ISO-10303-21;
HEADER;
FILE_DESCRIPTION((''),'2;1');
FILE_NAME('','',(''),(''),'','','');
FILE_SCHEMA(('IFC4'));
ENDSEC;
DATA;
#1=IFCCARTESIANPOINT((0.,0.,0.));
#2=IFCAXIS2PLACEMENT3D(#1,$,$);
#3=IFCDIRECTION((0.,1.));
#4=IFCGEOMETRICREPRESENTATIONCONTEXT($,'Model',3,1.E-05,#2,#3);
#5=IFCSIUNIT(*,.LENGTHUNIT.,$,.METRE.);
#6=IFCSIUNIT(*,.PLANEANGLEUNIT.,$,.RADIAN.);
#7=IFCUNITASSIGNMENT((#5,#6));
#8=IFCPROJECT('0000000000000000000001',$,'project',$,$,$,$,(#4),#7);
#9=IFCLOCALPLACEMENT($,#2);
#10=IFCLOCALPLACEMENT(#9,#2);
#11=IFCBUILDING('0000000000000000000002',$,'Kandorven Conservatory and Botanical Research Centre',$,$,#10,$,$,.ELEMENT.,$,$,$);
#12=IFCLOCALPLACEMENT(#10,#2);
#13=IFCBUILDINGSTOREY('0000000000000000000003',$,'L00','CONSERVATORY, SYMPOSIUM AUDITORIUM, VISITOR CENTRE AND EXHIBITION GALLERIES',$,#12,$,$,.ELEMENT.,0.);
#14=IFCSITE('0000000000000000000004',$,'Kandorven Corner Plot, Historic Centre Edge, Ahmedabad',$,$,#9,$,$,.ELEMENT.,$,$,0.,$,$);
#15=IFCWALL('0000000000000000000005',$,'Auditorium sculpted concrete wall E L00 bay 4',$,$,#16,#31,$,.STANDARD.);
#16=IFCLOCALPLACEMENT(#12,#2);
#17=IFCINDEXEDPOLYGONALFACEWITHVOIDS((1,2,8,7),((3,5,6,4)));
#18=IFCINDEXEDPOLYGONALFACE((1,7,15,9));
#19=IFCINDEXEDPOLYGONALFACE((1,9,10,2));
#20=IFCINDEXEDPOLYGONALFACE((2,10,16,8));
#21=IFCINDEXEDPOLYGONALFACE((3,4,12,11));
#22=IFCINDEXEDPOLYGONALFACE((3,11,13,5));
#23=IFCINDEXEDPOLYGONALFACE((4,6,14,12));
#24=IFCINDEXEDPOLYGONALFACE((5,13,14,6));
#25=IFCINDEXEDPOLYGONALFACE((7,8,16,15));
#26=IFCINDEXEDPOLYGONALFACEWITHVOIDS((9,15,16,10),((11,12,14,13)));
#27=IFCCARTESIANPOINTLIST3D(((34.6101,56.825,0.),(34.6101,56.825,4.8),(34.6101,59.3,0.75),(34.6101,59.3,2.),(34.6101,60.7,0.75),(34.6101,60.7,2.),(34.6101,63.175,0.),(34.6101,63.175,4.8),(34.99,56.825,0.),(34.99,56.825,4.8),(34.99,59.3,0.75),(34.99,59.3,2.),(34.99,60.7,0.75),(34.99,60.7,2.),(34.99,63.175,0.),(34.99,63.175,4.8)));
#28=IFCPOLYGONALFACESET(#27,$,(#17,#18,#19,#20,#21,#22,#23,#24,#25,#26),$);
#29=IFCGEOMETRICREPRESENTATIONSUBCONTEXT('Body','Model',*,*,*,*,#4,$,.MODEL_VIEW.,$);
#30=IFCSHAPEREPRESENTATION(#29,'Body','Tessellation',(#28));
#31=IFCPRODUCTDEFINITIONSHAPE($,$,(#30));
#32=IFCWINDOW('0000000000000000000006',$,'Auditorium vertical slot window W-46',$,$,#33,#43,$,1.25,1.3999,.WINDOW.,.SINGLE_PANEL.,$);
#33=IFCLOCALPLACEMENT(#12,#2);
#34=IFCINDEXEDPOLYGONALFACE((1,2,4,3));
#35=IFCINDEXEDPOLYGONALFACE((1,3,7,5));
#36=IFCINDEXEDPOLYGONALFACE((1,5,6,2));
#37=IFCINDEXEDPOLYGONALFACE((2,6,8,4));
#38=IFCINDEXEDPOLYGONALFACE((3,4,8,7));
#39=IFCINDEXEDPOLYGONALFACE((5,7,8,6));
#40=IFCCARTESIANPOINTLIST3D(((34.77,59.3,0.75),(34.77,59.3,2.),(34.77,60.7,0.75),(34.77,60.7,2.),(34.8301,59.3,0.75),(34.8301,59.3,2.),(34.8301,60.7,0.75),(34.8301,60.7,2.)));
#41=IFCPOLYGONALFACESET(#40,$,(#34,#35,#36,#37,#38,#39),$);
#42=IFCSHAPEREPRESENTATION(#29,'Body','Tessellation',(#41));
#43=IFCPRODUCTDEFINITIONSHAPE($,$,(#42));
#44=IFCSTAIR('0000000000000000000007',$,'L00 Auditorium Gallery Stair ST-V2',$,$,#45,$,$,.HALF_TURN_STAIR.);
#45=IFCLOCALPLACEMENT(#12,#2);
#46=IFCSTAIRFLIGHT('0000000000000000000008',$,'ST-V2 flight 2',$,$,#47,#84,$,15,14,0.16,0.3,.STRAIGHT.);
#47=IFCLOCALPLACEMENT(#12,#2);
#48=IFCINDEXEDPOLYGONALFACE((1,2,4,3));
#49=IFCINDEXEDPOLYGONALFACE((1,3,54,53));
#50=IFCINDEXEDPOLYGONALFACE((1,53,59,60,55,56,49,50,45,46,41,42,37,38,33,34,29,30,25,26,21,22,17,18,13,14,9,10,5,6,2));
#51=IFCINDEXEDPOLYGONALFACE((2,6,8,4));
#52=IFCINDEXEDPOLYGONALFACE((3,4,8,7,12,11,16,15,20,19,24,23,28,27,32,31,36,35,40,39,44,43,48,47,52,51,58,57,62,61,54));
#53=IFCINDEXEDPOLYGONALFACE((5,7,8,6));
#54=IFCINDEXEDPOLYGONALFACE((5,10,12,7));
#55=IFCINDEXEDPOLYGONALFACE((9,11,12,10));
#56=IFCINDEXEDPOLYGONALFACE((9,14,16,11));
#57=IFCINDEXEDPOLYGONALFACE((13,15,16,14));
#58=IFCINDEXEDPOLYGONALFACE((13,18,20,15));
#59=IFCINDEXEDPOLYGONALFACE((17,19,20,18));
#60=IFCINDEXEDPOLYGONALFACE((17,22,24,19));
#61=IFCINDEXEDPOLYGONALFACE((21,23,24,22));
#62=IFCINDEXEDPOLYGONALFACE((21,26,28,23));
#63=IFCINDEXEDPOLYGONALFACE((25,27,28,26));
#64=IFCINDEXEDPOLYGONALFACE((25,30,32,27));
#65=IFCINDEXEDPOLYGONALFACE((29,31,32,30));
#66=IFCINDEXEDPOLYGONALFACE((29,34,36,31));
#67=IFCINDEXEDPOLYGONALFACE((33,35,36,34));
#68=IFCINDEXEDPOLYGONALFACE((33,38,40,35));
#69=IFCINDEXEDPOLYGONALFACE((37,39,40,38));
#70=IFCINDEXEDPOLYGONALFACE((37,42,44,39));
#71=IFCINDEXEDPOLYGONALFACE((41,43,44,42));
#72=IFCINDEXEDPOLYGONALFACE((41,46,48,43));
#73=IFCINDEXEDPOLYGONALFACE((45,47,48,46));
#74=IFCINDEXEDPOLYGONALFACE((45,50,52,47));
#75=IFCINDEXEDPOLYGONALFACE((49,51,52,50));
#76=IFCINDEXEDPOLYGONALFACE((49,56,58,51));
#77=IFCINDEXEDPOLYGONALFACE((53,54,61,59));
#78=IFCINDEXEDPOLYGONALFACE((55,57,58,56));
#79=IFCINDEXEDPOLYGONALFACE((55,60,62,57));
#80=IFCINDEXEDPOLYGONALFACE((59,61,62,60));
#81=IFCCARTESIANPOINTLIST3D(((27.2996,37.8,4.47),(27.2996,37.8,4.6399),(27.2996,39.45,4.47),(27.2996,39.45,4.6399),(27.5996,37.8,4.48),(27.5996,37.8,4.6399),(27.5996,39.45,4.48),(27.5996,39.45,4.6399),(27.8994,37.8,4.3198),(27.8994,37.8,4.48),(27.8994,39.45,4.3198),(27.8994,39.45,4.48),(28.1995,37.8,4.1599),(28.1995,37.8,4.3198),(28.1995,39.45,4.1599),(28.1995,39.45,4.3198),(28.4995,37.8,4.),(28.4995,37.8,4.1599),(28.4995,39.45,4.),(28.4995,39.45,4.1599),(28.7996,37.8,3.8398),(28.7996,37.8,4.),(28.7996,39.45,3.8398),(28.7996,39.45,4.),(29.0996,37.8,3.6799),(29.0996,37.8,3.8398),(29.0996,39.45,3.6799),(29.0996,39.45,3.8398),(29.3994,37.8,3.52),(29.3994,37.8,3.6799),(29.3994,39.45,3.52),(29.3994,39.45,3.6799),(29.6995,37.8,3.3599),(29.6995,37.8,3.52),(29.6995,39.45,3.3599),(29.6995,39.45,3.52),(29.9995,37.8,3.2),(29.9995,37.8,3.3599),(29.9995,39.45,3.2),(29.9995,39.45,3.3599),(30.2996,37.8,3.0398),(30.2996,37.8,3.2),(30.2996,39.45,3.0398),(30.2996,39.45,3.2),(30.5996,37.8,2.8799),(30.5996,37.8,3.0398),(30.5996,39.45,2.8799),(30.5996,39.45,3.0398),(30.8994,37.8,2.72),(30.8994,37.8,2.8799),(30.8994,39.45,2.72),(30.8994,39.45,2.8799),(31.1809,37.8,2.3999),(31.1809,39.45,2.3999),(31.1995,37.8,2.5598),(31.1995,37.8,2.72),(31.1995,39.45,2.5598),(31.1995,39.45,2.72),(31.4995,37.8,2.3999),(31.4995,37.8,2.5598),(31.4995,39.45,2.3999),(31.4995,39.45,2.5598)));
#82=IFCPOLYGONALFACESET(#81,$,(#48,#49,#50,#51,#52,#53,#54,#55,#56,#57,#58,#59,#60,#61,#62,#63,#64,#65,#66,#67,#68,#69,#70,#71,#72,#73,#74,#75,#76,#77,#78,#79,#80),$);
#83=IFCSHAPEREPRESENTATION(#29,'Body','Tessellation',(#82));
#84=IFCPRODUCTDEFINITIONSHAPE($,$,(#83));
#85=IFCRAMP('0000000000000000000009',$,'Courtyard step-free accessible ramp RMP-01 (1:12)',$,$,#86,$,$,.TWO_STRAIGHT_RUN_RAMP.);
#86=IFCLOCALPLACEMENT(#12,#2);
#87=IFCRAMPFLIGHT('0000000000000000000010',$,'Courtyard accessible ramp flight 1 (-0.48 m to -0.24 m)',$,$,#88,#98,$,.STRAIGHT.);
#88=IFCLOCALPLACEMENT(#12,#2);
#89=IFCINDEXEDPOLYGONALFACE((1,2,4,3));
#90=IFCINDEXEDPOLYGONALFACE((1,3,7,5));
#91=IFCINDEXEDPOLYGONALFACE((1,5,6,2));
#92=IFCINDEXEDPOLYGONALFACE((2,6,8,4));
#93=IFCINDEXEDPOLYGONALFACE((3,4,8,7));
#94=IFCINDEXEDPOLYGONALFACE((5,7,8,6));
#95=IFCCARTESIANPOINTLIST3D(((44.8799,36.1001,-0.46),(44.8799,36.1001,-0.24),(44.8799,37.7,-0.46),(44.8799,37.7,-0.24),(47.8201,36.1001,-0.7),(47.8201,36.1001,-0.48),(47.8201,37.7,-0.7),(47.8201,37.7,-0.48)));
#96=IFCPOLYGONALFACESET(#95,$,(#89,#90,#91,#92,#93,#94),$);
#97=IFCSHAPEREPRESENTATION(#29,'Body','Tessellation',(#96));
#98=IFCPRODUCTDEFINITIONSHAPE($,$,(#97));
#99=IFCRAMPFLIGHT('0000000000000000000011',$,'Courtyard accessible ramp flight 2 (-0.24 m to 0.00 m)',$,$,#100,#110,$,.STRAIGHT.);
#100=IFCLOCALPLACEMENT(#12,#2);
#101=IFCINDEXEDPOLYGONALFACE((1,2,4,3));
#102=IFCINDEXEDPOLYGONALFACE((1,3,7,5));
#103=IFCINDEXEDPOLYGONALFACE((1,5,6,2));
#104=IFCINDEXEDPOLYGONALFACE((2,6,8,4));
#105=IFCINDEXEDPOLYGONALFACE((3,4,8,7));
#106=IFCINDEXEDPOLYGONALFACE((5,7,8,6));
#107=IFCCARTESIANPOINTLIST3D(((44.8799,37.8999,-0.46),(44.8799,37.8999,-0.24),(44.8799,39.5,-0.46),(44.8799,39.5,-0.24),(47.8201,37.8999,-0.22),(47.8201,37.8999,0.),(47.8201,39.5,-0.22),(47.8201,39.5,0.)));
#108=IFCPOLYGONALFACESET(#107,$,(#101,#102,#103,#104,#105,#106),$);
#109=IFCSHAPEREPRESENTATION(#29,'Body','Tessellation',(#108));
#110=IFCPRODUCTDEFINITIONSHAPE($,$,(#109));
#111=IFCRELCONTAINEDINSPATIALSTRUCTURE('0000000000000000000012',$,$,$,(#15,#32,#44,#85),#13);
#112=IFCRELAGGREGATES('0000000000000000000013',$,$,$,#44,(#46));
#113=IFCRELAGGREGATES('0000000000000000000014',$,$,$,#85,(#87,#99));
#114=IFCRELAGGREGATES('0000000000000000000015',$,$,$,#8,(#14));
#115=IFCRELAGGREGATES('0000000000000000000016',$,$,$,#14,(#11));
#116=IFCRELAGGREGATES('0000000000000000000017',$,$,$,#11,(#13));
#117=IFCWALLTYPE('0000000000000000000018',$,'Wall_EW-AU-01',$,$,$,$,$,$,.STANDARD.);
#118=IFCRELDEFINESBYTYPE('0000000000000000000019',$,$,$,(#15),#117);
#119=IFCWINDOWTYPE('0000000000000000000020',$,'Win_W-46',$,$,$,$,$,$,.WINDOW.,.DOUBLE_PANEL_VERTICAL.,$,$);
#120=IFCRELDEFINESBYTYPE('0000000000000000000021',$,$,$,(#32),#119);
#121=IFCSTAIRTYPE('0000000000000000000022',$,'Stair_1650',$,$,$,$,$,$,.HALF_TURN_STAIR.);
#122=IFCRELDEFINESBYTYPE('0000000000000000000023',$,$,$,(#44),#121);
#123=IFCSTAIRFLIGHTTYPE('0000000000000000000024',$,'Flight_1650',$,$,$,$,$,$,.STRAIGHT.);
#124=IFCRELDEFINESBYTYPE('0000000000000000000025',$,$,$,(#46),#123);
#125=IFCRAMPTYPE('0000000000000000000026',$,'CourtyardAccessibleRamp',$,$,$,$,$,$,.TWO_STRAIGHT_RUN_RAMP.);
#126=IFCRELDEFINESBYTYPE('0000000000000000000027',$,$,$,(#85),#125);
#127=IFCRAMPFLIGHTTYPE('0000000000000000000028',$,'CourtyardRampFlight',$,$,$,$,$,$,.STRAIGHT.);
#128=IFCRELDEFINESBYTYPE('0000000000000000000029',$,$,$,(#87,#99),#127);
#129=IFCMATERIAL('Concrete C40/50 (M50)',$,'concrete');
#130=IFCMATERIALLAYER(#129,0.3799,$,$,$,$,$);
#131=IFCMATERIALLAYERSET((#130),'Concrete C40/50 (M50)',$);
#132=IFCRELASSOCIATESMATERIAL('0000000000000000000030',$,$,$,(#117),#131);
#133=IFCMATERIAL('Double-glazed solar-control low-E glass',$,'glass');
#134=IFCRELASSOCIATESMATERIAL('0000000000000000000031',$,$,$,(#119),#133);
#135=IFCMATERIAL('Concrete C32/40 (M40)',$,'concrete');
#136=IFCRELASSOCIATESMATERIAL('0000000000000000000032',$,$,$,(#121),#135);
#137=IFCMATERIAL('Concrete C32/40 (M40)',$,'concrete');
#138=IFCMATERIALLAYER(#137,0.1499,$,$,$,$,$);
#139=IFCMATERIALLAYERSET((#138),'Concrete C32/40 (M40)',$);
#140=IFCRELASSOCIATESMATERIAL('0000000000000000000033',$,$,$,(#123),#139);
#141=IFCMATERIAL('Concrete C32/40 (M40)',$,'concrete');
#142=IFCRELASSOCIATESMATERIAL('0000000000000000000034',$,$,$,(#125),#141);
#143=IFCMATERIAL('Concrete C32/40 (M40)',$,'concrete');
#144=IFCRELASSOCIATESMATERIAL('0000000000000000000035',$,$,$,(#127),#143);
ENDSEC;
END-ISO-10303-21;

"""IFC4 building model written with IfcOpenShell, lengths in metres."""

from ifc_helpers import new_model, si_unit, direction, frame, frame_2d, origin, place, context, subcontext, project, spatial, polyline, rectangle, outline, extrude, material, layer, layer_set, type_object, element, fill, aggregate, save


model = new_model("IFC4")

# Units and contexts
model_context = context("Model", 3, precision=1e-05, world=origin(), true_north=direction((0.0, 1.0)))
body_context = subcontext(model_context, "Body", "Model", "MODEL_VIEW")
ifc_project = project(units=[si_unit("LENGTHUNIT", "METRE"), si_unit("PLANEANGLEUNIT", "RADIAN")], contexts=[model_context])

# Site, building, storey
site_placement = place(None, origin())
site = spatial("IfcSite", under=ifc_project, at=site_placement, Name="Kandorven Corner Plot, Historic Centre Edge, Ahmedabad", CompositionType="ELEMENT", RefElevation=0.0)
building_placement = place(site_placement, origin())
building = spatial("IfcBuilding", under=site, at=building_placement, Name="Kandorven Conservatory and Botanical Research Centre", CompositionType="ELEMENT")
storey_placement = place(building_placement, origin())
storey = spatial("IfcBuildingStorey", under=building, at=storey_placement, Name="L00", Description="CONSERVATORY, SYMPOSIUM AUDITORIUM, VISITOR CENTRE AND EXHIBITION GALLERIES", CompositionType="ELEMENT", Elevation=0.0)

# Wall, opening, window
ifc_material_1 = material(Name="Concrete C40/50 (M50)", Category="concrete")
ifc_layer_1 = layer(ifc_material_1, 0.3799)
ifc_layer_set_1 = layer_set([ifc_layer_1], Name="Concrete C40/50 (M50)")
wall_type_1 = type_object("IfcWallType", Name="Wall_EW-AU-01", PredefinedType="STANDARD", material=ifc_layer_set_1)
ifc_material_2 = material(Name="Double-glazed solar-control low-E glass", Category="glass")
window_type_1 = type_object("IfcWindowType", Name="Win_W-46", PartitioningType="DOUBLE_PANEL_VERTICAL", PredefinedType="WINDOW", material=ifc_material_2)
wall_1_placement = place(storey_placement, frame((34.8, 56.825, 0.0), z_axis=(0.0, 0.0, 1.0), x_axis=(0.0, 1.0, 0.0)))
wall_1 = element("IfcWall", 1, at=wall_1_placement, inside=storey, type_object=wall_type_1, Name="Auditorium sculpted concrete wall E L00 bay 4", PredefinedType="STANDARD", context=body_context, shape_type="SweptSolid", body=[
    extrude(rectangle(XDim=6.3501, YDim=0.3799, at=frame_2d((3.175, 0.0))), origin(), (0.0, 0.0, 1.0), 4.8),
])
opening_1_placement = place(wall_1_placement, frame((2.4751, 0.0, 0.75)))
opening_1 = element("IfcOpeningElement", 2, at=opening_1_placement, cuts=wall_1, PredefinedType="OPENING", context=body_context, shape_type="SweptSolid", body=[
    extrude(rectangle(XDim=1.3999, YDim=1.25, at=frame_2d((0.7, 0.625))), frame((0.0, 0.2, 0.0), z_axis=(0.0, -1.0, 0.0), x_axis=(1.0, 0.0, 0.0)), (0.0, 0.0, 1.0), 0.3999),
])
window_1_placement = place(opening_1_placement, origin())
window_1 = element("IfcWindow", 3, at=window_1_placement, inside=storey, type_object=window_type_1, Name="Auditorium vertical slot window W-46", OverallHeight=1.25, OverallWidth=1.3999, PartitioningType="SINGLE_PANEL", PredefinedType="WINDOW", context=body_context, shape_type="SweptSolid", body=[
    extrude(rectangle(XDim=1.3999, YDim=1.25, at=frame_2d((0.7, 0.625))), frame((0.0, 0.03, 0.0), z_axis=(0.0, -1.0, 0.0), x_axis=(1.0, 0.0, 0.0)), (0.0, 0.0, 1.0), 0.0601),
])
fill(opening_1, window_1)

# Stair, stair flight
ifc_material_3 = material(Name="Concrete C32/40 (M40)", Category="concrete")
stair_type = type_object("IfcStairType", Name="Stair_1650", PredefinedType="HALF_TURN_STAIR", material=ifc_material_3)
stair_placement = place(storey_placement, origin())
stair = element("IfcStair", 4, at=stair_placement, inside=storey, type_object=stair_type, Name="L00 Auditorium Gallery Stair ST-V2", PredefinedType="HALF_TURN_STAIR")
ifc_material_4 = material(Name="Concrete C32/40 (M40)", Category="concrete")
ifc_layer_2 = layer(ifc_material_4, 0.1499)
ifc_layer_set_2 = layer_set([ifc_layer_2], Name="Concrete C32/40 (M40)")
stair_flight_type = type_object("IfcStairFlightType", Name="Flight_1650", PredefinedType="STRAIGHT", material=ifc_layer_set_2)
stair_flight_placement = place(storey_placement, frame((31.4995, 38.625, 2.3999), z_axis=(0.0, 0.0, 1.0), x_axis=(-1.0, 0.0, 0.0)))
stair_flight = element("IfcStairFlight", 5, at=stair_flight_placement, type_object=stair_flight_type, Name="ST-V2 flight 2", NumberOfRisers=15, NumberOfTreads=14, PredefinedType="STRAIGHT", RiserHeight=0.16, TreadLength=0.3, context=body_context, shape_type="SweptSolid", body=[
    extrude(outline(polyline([(0.0, 0.0), (0.0, 0.1599), (0.3, 0.1599), (0.3, 0.3201), (0.6001, 0.3201), (0.6001, 0.48), (0.8999, 0.48), (0.8999, 0.6399), (1.2, 0.6399), (1.2, 0.8), (1.5, 0.8), (1.5, 0.96), (1.8, 0.96), (1.8, 1.1201), (2.1001, 1.1201), (2.1001, 1.28), (2.3999, 1.28), (2.3999, 1.4399), (2.7, 1.4399), (2.7, 1.6001), (3.0, 1.6001), (3.0, 1.76), (3.3, 1.76), (3.3, 1.9199), (3.6001, 1.9199), (3.6001, 2.0801), (3.8999, 2.0801), (3.8999, 2.24), (4.2, 2.24), (4.2, 2.3999), (4.2, 2.0701), (0.3186, 0.0), (0.0, 0.0)])), frame((0.0, 0.825, 0.0), z_axis=(0.0, -1.0, 0.0), x_axis=(1.0, 0.0, 0.0)), (0.0, 0.0, 1.0), 1.6499),
])
aggregate(stair, [stair_flight])

# Ramp, ramp flights
ifc_material_5 = material(Name="Concrete C32/40 (M40)", Category="concrete")
ramp_type = type_object("IfcRampType", Name="CourtyardAccessibleRamp", PredefinedType="TWO_STRAIGHT_RUN_RAMP", material=ifc_material_5)
ramp_placement = place(storey_placement, origin())
ramp = element("IfcRamp", 6, at=ramp_placement, inside=storey, type_object=ramp_type, Name="Courtyard step-free accessible ramp RMP-01 (1:12)", PredefinedType="TWO_STRAIGHT_RUN_RAMP")
ifc_material_6 = material(Name="Concrete C32/40 (M40)", Category="concrete")
ramp_flight_type = type_object("IfcRampFlightType", Name="CourtyardRampFlight", PredefinedType="STRAIGHT", material=ifc_material_6)
ramp_flight_1_placement = place(storey_placement, frame((44.8799, 37.7, 0.0), z_axis=(0.0, 0.0, 1.0), x_axis=(1.0, 0.0, 0.0)))
ramp_flight_1 = element("IfcRampFlight", 7, at=ramp_flight_1_placement, type_object=ramp_flight_type, Name="Courtyard accessible ramp flight 1 (-0.48 m to -0.24 m)", PredefinedType="STRAIGHT", context=body_context, shape_type="SweptSolid", body=[
    extrude(outline(polyline([(0.0, -0.24), (2.9402, -0.48), (2.9402, -0.7), (0.0, -0.46), (0.0, -0.24)])), frame((0.0, 0.0, 0.0), z_axis=(0.0, -1.0, 0.0), x_axis=(1.0, 0.0, 0.0)), (0.0, 0.0, 1.0), 1.5999),
])
ramp_flight_2_placement = place(storey_placement, frame((44.8799, 39.5, 0.0), z_axis=(0.0, 0.0, 1.0), x_axis=(1.0, 0.0, 0.0)))
ramp_flight_2 = element("IfcRampFlight", 8, at=ramp_flight_2_placement, type_object=ramp_flight_type, Name="Courtyard accessible ramp flight 2 (-0.24 m to 0.00 m)", PredefinedType="STRAIGHT", context=body_context, shape_type="SweptSolid", body=[
    extrude(outline(polyline([(0.0, -0.24), (2.9402, 0.0), (2.9402, -0.22), (0.0, -0.46), (0.0, -0.24)])), frame((0.0, 0.0, 0.0), z_axis=(0.0, -1.0, 0.0), x_axis=(1.0, 0.0, 0.0)), (0.0, 0.0, 1.0), 1.6001),
])
aggregate(ramp, [ramp_flight_1, ramp_flight_2])

save(model, "model.ifc")
